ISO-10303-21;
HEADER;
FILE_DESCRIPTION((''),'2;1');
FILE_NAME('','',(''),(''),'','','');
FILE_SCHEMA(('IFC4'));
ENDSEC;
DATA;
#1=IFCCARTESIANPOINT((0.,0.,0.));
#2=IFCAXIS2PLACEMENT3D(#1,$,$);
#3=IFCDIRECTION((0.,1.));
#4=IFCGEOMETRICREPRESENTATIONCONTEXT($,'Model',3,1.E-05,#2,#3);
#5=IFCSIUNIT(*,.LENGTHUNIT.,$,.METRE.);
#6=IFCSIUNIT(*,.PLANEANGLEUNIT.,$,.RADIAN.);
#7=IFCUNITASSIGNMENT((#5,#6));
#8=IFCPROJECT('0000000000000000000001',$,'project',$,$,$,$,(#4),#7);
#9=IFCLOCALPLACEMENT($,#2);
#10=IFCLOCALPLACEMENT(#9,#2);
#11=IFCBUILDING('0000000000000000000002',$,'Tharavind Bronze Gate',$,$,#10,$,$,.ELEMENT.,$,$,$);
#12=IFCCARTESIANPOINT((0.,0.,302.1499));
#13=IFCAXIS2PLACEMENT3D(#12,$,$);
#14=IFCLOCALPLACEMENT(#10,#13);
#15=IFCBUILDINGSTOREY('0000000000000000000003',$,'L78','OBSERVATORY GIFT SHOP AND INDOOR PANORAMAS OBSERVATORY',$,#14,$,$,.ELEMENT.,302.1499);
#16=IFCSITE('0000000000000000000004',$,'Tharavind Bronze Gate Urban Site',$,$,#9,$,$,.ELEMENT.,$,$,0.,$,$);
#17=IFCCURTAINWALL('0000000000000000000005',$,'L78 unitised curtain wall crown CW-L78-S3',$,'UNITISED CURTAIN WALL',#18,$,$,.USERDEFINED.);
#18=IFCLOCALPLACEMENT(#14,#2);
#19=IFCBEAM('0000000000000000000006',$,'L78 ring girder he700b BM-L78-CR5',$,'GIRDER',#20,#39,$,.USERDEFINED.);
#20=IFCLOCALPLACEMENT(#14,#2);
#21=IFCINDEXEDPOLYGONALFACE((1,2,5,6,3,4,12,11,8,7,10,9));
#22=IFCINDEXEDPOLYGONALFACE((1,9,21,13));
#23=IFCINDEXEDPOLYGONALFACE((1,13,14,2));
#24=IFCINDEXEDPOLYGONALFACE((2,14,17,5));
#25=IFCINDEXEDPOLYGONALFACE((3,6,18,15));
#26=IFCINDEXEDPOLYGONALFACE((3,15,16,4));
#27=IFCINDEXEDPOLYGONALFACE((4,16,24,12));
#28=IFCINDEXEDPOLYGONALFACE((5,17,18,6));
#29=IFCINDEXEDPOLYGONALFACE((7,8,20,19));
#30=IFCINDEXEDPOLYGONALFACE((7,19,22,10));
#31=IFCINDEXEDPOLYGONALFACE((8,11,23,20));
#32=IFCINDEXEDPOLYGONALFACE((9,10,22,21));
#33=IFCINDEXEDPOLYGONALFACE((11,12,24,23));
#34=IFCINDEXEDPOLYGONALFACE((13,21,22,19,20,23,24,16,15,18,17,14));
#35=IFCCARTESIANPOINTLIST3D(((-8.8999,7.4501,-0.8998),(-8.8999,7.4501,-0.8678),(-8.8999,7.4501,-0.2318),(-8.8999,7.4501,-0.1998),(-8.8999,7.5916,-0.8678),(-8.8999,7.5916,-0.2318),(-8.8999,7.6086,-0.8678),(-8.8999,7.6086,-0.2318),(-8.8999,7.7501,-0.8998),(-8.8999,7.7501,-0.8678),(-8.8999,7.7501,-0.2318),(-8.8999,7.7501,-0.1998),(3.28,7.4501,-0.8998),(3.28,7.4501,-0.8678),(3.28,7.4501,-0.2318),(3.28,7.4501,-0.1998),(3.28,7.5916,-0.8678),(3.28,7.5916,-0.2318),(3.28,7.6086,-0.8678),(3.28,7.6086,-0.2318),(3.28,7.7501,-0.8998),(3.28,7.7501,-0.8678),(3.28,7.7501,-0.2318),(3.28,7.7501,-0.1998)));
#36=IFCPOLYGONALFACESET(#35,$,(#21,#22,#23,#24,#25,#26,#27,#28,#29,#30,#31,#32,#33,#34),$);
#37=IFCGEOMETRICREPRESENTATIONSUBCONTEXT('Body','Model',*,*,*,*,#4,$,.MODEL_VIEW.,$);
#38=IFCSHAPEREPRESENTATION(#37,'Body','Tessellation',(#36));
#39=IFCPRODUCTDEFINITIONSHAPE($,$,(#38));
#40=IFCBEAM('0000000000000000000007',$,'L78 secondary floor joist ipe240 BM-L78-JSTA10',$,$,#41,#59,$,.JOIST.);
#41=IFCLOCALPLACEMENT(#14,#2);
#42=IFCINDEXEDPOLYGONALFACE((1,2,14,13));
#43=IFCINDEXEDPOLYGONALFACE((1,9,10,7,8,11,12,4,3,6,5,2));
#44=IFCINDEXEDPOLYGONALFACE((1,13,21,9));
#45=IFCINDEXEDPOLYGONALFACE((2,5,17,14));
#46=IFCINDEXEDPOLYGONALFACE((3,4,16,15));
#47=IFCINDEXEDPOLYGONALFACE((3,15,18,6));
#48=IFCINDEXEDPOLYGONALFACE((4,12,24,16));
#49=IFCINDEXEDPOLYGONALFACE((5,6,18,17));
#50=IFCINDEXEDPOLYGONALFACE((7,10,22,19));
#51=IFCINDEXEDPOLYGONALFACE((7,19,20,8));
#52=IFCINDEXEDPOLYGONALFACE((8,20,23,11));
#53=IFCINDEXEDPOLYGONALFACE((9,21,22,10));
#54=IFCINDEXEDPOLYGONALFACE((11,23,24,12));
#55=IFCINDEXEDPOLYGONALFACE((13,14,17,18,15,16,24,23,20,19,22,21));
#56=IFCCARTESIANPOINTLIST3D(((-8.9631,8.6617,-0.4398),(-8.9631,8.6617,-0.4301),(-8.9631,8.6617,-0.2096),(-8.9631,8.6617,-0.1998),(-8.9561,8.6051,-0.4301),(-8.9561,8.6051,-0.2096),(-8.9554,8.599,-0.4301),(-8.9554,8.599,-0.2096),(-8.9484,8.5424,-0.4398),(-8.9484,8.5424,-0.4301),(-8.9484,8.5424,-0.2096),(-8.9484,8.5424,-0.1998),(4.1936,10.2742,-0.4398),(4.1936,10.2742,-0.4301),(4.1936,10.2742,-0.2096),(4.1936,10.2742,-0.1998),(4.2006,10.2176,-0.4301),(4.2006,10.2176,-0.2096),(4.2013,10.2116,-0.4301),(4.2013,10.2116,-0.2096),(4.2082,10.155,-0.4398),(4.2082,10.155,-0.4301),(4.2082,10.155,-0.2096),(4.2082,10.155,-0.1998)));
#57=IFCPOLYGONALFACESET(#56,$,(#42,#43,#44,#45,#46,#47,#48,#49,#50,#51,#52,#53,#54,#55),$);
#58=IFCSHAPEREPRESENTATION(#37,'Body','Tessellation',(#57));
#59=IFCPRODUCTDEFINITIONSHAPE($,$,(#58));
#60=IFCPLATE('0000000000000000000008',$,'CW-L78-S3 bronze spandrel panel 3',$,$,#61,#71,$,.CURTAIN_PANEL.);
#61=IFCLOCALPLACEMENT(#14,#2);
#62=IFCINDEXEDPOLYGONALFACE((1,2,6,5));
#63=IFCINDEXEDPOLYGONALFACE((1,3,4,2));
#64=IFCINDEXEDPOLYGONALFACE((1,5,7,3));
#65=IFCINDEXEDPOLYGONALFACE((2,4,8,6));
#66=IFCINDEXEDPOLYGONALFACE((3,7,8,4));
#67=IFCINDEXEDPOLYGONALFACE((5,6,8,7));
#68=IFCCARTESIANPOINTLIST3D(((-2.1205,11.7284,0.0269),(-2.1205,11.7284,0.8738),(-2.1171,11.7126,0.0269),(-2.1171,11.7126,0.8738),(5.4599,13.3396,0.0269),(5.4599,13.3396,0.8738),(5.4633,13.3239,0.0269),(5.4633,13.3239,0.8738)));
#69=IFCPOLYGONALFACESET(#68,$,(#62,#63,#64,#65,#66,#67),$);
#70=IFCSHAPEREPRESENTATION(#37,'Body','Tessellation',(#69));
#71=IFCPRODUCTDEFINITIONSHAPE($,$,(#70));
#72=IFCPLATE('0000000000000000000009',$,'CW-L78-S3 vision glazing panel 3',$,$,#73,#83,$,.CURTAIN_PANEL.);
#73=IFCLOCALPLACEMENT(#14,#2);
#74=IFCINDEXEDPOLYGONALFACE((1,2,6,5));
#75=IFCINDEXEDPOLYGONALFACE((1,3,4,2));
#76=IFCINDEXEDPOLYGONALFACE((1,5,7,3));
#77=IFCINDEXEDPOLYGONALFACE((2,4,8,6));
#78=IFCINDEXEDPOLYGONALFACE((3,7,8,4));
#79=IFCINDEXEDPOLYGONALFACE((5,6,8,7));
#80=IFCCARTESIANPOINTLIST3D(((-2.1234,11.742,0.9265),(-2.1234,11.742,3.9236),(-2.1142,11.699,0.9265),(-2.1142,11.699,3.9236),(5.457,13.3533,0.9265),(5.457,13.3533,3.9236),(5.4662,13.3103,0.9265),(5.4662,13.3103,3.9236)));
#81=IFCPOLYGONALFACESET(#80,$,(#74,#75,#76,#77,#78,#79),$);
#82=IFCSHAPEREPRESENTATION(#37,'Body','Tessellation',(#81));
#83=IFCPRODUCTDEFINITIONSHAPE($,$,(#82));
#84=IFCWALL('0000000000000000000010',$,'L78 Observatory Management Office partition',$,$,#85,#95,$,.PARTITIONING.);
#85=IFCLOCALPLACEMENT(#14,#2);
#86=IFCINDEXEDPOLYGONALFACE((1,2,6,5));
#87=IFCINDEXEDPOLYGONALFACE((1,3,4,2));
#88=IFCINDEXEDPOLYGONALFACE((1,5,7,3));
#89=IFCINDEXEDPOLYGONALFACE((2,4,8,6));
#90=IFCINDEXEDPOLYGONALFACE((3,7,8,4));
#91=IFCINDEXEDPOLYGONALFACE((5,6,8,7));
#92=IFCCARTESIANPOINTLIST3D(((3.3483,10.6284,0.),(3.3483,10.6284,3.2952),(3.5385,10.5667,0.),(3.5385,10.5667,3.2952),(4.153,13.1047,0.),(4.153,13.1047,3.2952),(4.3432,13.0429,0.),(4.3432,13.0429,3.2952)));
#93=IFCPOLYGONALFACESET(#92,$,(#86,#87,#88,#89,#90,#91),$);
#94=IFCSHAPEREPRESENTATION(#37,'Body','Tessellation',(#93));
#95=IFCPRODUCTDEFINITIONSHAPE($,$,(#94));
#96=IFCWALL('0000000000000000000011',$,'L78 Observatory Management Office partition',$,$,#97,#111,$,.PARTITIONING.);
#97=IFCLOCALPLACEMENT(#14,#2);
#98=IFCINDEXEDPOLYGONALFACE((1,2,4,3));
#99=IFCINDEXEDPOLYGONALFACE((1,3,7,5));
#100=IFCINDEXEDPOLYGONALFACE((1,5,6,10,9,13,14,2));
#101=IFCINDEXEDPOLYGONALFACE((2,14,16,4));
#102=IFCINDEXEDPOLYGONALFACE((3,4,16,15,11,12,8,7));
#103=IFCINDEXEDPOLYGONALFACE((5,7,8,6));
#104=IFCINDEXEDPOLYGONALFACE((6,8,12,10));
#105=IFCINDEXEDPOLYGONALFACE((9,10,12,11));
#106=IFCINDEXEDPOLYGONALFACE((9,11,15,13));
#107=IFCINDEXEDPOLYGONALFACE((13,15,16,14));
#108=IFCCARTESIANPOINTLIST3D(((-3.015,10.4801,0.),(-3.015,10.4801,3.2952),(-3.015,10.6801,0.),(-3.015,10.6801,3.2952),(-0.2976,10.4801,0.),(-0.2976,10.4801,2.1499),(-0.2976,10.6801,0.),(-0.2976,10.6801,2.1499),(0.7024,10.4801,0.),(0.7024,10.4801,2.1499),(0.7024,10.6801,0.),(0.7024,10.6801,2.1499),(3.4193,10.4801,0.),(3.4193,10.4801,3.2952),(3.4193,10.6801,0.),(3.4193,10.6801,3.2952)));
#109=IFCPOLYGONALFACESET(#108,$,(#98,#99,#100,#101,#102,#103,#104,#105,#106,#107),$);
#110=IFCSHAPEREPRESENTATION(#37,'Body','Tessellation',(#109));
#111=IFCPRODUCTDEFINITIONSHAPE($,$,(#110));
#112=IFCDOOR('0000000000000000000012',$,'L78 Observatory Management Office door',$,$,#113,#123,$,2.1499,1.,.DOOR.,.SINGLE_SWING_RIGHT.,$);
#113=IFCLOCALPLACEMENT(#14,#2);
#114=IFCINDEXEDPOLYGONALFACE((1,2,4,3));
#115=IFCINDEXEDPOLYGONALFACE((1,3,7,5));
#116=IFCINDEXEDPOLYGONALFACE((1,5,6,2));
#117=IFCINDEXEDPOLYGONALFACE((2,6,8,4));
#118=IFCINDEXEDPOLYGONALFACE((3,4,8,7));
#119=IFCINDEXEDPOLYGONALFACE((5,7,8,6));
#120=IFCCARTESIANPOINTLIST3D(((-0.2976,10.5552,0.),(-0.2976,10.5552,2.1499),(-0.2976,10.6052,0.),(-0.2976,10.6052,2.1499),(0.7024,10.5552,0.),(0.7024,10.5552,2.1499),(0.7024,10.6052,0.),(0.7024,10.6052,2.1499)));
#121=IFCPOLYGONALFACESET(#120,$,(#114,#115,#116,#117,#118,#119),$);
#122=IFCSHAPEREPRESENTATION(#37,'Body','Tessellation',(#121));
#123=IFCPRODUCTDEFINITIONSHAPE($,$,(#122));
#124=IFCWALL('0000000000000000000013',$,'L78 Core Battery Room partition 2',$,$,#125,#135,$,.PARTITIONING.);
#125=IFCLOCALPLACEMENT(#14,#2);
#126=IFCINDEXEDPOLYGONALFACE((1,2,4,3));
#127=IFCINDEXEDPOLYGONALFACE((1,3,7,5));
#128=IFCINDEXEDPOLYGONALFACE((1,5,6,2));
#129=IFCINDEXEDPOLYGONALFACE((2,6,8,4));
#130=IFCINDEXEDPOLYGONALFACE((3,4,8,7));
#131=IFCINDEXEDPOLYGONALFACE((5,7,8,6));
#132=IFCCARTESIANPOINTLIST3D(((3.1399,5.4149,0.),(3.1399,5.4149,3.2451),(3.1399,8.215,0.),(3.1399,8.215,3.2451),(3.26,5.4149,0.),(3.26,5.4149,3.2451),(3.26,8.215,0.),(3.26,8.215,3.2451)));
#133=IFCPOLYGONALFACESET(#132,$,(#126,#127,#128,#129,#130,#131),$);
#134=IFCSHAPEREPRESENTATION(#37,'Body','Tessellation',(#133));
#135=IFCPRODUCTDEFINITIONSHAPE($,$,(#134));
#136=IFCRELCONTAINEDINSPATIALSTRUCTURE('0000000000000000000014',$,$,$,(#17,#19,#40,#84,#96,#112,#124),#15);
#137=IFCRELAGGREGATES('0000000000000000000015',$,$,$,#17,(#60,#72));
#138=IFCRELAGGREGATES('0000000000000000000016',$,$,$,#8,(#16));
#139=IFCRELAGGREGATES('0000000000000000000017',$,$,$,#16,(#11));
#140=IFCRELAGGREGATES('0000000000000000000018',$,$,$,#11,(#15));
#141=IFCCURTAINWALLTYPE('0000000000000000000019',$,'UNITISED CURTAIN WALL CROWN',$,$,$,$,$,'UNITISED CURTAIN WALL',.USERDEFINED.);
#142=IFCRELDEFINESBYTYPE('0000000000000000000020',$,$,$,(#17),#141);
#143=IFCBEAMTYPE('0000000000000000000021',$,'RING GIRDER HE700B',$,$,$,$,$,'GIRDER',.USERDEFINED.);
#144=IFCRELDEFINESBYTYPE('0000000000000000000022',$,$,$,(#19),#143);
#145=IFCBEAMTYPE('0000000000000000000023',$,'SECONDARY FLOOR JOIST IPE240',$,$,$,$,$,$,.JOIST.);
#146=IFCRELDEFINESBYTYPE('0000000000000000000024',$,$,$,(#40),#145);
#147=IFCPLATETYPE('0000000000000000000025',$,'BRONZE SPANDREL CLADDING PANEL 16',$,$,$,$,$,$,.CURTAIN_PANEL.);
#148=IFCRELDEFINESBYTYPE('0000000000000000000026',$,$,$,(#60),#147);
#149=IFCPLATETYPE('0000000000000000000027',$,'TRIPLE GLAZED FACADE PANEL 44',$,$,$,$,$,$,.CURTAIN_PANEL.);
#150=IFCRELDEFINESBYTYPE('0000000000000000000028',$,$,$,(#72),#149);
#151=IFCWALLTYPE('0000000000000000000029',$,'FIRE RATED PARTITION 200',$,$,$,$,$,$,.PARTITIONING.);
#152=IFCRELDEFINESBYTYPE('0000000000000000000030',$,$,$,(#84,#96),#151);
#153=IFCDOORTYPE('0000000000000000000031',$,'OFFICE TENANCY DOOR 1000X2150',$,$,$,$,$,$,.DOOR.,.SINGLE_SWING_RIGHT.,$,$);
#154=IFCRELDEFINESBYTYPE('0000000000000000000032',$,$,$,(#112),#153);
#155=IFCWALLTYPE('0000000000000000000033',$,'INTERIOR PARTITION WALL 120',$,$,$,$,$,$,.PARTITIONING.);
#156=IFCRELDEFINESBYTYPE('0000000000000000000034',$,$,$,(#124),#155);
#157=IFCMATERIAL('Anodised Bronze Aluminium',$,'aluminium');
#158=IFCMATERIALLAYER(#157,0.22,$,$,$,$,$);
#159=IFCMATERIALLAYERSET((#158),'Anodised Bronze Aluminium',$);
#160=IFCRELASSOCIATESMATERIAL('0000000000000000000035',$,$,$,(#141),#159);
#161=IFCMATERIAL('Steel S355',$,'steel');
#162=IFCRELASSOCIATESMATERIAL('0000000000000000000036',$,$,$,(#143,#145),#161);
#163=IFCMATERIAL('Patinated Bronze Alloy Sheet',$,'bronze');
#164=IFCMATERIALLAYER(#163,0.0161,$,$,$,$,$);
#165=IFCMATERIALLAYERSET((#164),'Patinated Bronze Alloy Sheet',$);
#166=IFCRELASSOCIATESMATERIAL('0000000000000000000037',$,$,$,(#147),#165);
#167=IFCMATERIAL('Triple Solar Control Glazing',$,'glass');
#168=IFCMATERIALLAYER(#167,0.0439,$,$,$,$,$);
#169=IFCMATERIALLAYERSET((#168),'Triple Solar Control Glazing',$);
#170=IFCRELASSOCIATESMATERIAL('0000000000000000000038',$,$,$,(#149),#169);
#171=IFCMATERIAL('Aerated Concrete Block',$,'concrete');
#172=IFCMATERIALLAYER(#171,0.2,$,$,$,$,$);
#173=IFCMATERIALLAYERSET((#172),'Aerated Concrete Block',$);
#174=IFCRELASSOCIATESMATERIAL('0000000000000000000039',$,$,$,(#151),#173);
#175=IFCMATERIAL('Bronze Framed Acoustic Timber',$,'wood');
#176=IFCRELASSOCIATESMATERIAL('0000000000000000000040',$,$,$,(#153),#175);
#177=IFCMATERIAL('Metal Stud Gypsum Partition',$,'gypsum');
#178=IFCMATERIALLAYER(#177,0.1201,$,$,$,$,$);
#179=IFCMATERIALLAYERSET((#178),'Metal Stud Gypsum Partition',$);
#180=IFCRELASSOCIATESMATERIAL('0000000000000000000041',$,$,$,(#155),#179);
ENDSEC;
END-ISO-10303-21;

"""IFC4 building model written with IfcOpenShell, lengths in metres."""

from ifc_helpers import new_model, si_unit, direction, frame, frame_2d, origin, origin_2d, place, context, subcontext, project, spatial, rectangle, i_section, extrude, material, layer, layer_set, material_profile, profile_set, type_object, element, fill, aggregate, save


model = new_model("IFC4")

# Units and contexts
model_context = context("Model", 3, precision=1e-05, world=origin(), true_north=direction((0.0, 1.0)))
body_context = subcontext(model_context, "Body", "Model", "MODEL_VIEW")
ifc_project = project(units=[si_unit("LENGTHUNIT", "METRE"), si_unit("PLANEANGLEUNIT", "RADIAN")], contexts=[model_context])

# Site, building, storey
site_placement = place(None, origin())
site = spatial("IfcSite", under=ifc_project, at=site_placement, Name="Tharavind Bronze Gate Urban Site", CompositionType="ELEMENT", RefElevation=0.0)
building_placement = place(site_placement, origin())
building = spatial("IfcBuilding", under=site, at=building_placement, Name="Tharavind Bronze Gate", CompositionType="ELEMENT")
storey_placement = place(building_placement, frame((0.0, 0.0, 302.1499)))
storey = spatial("IfcBuildingStorey", under=building, at=storey_placement, Name="L78", Description="OBSERVATORY GIFT SHOP AND INDOOR PANORAMAS OBSERVATORY", CompositionType="ELEMENT", Elevation=302.1499)

# Curtain wall
ifc_material_1 = material(Name="Anodised Bronze Aluminium", Category="aluminium")
ifc_layer_1 = layer(ifc_material_1, 0.22)
ifc_layer_set_1 = layer_set([ifc_layer_1], Name="Anodised Bronze Aluminium")
curtain_wall_type = type_object("IfcCurtainWallType", Name="UNITISED CURTAIN WALL CROWN", ElementType="UNITISED CURTAIN WALL", PredefinedType="USERDEFINED", material=ifc_layer_set_1)
curtain_wall_placement = place(storey_placement, origin())
curtain_wall = element("IfcCurtainWall", 1, at=curtain_wall_placement, inside=storey, type_object=curtain_wall_type, Name="L78 unitised curtain wall crown CW-L78-S3", ObjectType="UNITISED CURTAIN WALL", PredefinedType="USERDEFINED")

# Beams
ifc_material_2 = material(Name="Steel S355", Category="steel")
ifc_material_profile_1 = material_profile(ifc_material_2, i_section(OverallWidth=0.3, OverallDepth=0.7, WebThickness=0.0171, FlangeThickness=0.032, at=origin_2d()), Name="HE700B")
ifc_profile_set_1 = profile_set([ifc_material_profile_1], Name="Steel S355")
beam_type_1 = type_object("IfcBeamType", Name="RING GIRDER HE700B", ElementType="GIRDER", PredefinedType="USERDEFINED", material=ifc_profile_set_1)
beam_1_placement = place(storey_placement, frame((3.28, 7.6001, -0.5498), z_axis=(-1.0, 0.0, 0.0), x_axis=(0.0, -1.0, 0.0)))
element("IfcBeam", 2, at=beam_1_placement, inside=storey, type_object=beam_type_1, Name="L78 ring girder he700b BM-L78-CR5", ObjectType="GIRDER", PredefinedType="USERDEFINED", context=body_context, shape_type="SweptSolid", body=[
    extrude(i_section(OverallWidth=0.3, OverallDepth=0.7, WebThickness=0.0171, FlangeThickness=0.032, at=origin_2d()), origin(), (0.0, 0.0, 1.0), 12.1799),
])
ifc_material_profile_2 = material_profile(ifc_material_2, i_section(OverallWidth=0.1201, OverallDepth=0.24, WebThickness=0.0061, FlangeThickness=0.0098, at=origin_2d()), Name="IPE240")
ifc_profile_set_2 = profile_set([ifc_material_profile_2], Name="Steel S355")
beam_type_2 = type_object("IfcBeamType", Name="SECONDARY FLOOR JOIST IPE240", PredefinedType="JOIST", material=ifc_profile_set_2)
beam_2_placement = place(storey_placement, frame((4.2009, 10.2146, -0.3198), z_axis=(-0.992573, -0.121654, 0.0), x_axis=(0.121654, -0.992573, 0.0)))
element("IfcBeam", 3, at=beam_2_placement, inside=storey, type_object=beam_type_2, Name="L78 secondary floor joist ipe240 BM-L78-JSTA10", PredefinedType="JOIST", context=body_context, shape_type="SweptSolid", body=[
    extrude(i_section(OverallWidth=0.1201, OverallDepth=0.24, WebThickness=0.0061, FlangeThickness=0.0098, at=origin_2d()), origin(), (0.0, 0.0, 1.0), 13.2551),
])

# Plates
ifc_material_3 = material(Name="Patinated Bronze Alloy Sheet", Category="bronze")
ifc_layer_2 = layer(ifc_material_3, 0.0161)
ifc_layer_set_2 = layer_set([ifc_layer_2], Name="Patinated Bronze Alloy Sheet")
plate_type_1 = type_object("IfcPlateType", Name="BRONZE SPANDREL CLADDING PANEL 16", PredefinedType="CURTAIN_PANEL", material=ifc_layer_set_2)
plate_1_placement = place(storey_placement, frame((1.6714, 12.5261, 0.0269), z_axis=(0.0, 0.0, 1.0), x_axis=(-0.978147, -0.207913, 0.0)))
plate_1 = element("IfcPlate", 4, at=plate_1_placement, type_object=plate_type_1, Name="CW-L78-S3 bronze spandrel panel 3", PredefinedType="CURTAIN_PANEL", context=body_context, shape_type="SweptSolid", body=[
    extrude(rectangle(XDim=7.7498, YDim=0.0161, at=origin_2d()), origin(), (0.0, 0.0, 1.0), 0.8469),
])
ifc_material_4 = material(Name="Triple Solar Control Glazing", Category="glass")
ifc_layer_3 = layer(ifc_material_4, 0.0439)
ifc_layer_set_3 = layer_set([ifc_layer_3], Name="Triple Solar Control Glazing")
plate_type_2 = type_object("IfcPlateType", Name="TRIPLE GLAZED FACADE PANEL 44", PredefinedType="CURTAIN_PANEL", material=ifc_layer_set_3)
plate_2_placement = place(storey_placement, frame((1.6714, 12.5261, 0.9265), z_axis=(0.0, 0.0, 1.0), x_axis=(-0.978147, -0.207913, 0.0)))
plate_2 = element("IfcPlate", 5, at=plate_2_placement, type_object=plate_type_2, Name="CW-L78-S3 vision glazing panel 3", PredefinedType="CURTAIN_PANEL", context=body_context, shape_type="SweptSolid", body=[
    extrude(rectangle(XDim=7.7498, YDim=0.0439, at=origin_2d()), origin(), (0.0, 0.0, 1.0), 2.9971),
])
aggregate(curtain_wall, [plate_1, plate_2])

# Wall
ifc_material_5 = material(Name="Aerated Concrete Block", Category="concrete")
ifc_layer_4 = layer(ifc_material_5, 0.2)
ifc_layer_set_4 = layer_set([ifc_layer_4], Name="Aerated Concrete Block")
wall_type_1 = type_object("IfcWallType", Name="FIRE RATED PARTITION 200", PredefinedType="PARTITIONING", material=ifc_layer_set_4)
wall_1_placement = place(storey_placement, frame((4.248, 13.0737, 0.0), z_axis=(0.0, 0.0, 1.0), x_axis=(-0.309046, -0.951047, 0.0)))
element("IfcWall", 6, at=wall_1_placement, inside=storey, type_object=wall_type_1, Name="L78 Observatory Management Office partition", PredefinedType="PARTITIONING", context=body_context, shape_type="SweptSolid", body=[
    extrude(rectangle(XDim=2.6038, YDim=0.2, at=frame_2d((1.3018, 0.0))), origin(), (0.0, 0.0, 1.0), 3.2952),
])

# Wall, opening, door
wall_2_placement = place(storey_placement, frame((3.4194, 10.5801, 0.0), z_axis=(0.0, 0.0, 1.0), x_axis=(-1.0, 0.0, 0.0)))
wall_2 = element("IfcWall", 7, at=wall_2_placement, inside=storey, type_object=wall_type_1, Name="L78 Observatory Management Office partition", PredefinedType="PARTITIONING", context=body_context, shape_type="SweptSolid", body=[
    extrude(rectangle(XDim=6.4343, YDim=0.2, at=frame_2d((3.2173, 0.0))), origin(), (0.0, 0.0, 1.0), 3.2952),
])
opening_placement = place(wall_2_placement, frame((2.717, 0.0, 0.0)))
opening = element("IfcOpeningElement", 8, at=opening_placement, cuts=wall_2, PredefinedType="OPENING", context=body_context, shape_type="SweptSolid", body=[
    extrude(rectangle(XDim=1.0, YDim=2.1499, at=frame_2d((0.5, 1.075))), frame((0.0, 0.1101, 0.0), z_axis=(0.0, -1.0, 0.0), x_axis=(1.0, 0.0, 0.0)), (0.0, 0.0, 1.0), 0.22),
])
ifc_material_6 = material(Name="Bronze Framed Acoustic Timber", Category="wood")
door_type = type_object("IfcDoorType", Name="OFFICE TENANCY DOOR 1000X2150", OperationType="SINGLE_SWING_RIGHT", PredefinedType="DOOR", material=ifc_material_6)
door_placement = place(opening_placement, origin())
door = element("IfcDoor", 9, at=door_placement, inside=storey, type_object=door_type, Name="L78 Observatory Management Office door", OperationType="SINGLE_SWING_RIGHT", OverallHeight=2.1499, OverallWidth=1.0, PredefinedType="DOOR", context=body_context, shape_type="SweptSolid", body=[
    extrude(rectangle(XDim=1.0, YDim=2.1499, at=frame_2d((0.5, 1.075))), frame((0.0, 0.0249, 0.0), z_axis=(0.0, -1.0, 0.0), x_axis=(1.0, 0.0, 0.0)), (0.0, 0.0, 1.0), 0.05),
])
fill(opening, door)

# Wall
ifc_material_7 = material(Name="Metal Stud Gypsum Partition", Category="gypsum")
ifc_layer_5 = layer(ifc_material_7, 0.1201)
ifc_layer_set_5 = layer_set([ifc_layer_5], Name="Metal Stud Gypsum Partition")
wall_type_2 = type_object("IfcWallType", Name="INTERIOR PARTITION WALL 120", PredefinedType="PARTITIONING", material=ifc_layer_set_5)
wall_3_placement = place(storey_placement, frame((3.2, 5.415, 0.0), z_axis=(0.0, 0.0, 1.0), x_axis=(0.0, 1.0, 0.0)))
element("IfcWall", 10, at=wall_3_placement, inside=storey, type_object=wall_type_2, Name="L78 Core Battery Room partition 2", PredefinedType="PARTITIONING", context=body_context, shape_type="SweptSolid", body=[
    extrude(rectangle(XDim=2.8, YDim=0.1201, at=frame_2d((1.3999, 0.0))), origin(), (0.0, 0.0, 1.0), 3.2451),
])

save(model, "model.ifc")
